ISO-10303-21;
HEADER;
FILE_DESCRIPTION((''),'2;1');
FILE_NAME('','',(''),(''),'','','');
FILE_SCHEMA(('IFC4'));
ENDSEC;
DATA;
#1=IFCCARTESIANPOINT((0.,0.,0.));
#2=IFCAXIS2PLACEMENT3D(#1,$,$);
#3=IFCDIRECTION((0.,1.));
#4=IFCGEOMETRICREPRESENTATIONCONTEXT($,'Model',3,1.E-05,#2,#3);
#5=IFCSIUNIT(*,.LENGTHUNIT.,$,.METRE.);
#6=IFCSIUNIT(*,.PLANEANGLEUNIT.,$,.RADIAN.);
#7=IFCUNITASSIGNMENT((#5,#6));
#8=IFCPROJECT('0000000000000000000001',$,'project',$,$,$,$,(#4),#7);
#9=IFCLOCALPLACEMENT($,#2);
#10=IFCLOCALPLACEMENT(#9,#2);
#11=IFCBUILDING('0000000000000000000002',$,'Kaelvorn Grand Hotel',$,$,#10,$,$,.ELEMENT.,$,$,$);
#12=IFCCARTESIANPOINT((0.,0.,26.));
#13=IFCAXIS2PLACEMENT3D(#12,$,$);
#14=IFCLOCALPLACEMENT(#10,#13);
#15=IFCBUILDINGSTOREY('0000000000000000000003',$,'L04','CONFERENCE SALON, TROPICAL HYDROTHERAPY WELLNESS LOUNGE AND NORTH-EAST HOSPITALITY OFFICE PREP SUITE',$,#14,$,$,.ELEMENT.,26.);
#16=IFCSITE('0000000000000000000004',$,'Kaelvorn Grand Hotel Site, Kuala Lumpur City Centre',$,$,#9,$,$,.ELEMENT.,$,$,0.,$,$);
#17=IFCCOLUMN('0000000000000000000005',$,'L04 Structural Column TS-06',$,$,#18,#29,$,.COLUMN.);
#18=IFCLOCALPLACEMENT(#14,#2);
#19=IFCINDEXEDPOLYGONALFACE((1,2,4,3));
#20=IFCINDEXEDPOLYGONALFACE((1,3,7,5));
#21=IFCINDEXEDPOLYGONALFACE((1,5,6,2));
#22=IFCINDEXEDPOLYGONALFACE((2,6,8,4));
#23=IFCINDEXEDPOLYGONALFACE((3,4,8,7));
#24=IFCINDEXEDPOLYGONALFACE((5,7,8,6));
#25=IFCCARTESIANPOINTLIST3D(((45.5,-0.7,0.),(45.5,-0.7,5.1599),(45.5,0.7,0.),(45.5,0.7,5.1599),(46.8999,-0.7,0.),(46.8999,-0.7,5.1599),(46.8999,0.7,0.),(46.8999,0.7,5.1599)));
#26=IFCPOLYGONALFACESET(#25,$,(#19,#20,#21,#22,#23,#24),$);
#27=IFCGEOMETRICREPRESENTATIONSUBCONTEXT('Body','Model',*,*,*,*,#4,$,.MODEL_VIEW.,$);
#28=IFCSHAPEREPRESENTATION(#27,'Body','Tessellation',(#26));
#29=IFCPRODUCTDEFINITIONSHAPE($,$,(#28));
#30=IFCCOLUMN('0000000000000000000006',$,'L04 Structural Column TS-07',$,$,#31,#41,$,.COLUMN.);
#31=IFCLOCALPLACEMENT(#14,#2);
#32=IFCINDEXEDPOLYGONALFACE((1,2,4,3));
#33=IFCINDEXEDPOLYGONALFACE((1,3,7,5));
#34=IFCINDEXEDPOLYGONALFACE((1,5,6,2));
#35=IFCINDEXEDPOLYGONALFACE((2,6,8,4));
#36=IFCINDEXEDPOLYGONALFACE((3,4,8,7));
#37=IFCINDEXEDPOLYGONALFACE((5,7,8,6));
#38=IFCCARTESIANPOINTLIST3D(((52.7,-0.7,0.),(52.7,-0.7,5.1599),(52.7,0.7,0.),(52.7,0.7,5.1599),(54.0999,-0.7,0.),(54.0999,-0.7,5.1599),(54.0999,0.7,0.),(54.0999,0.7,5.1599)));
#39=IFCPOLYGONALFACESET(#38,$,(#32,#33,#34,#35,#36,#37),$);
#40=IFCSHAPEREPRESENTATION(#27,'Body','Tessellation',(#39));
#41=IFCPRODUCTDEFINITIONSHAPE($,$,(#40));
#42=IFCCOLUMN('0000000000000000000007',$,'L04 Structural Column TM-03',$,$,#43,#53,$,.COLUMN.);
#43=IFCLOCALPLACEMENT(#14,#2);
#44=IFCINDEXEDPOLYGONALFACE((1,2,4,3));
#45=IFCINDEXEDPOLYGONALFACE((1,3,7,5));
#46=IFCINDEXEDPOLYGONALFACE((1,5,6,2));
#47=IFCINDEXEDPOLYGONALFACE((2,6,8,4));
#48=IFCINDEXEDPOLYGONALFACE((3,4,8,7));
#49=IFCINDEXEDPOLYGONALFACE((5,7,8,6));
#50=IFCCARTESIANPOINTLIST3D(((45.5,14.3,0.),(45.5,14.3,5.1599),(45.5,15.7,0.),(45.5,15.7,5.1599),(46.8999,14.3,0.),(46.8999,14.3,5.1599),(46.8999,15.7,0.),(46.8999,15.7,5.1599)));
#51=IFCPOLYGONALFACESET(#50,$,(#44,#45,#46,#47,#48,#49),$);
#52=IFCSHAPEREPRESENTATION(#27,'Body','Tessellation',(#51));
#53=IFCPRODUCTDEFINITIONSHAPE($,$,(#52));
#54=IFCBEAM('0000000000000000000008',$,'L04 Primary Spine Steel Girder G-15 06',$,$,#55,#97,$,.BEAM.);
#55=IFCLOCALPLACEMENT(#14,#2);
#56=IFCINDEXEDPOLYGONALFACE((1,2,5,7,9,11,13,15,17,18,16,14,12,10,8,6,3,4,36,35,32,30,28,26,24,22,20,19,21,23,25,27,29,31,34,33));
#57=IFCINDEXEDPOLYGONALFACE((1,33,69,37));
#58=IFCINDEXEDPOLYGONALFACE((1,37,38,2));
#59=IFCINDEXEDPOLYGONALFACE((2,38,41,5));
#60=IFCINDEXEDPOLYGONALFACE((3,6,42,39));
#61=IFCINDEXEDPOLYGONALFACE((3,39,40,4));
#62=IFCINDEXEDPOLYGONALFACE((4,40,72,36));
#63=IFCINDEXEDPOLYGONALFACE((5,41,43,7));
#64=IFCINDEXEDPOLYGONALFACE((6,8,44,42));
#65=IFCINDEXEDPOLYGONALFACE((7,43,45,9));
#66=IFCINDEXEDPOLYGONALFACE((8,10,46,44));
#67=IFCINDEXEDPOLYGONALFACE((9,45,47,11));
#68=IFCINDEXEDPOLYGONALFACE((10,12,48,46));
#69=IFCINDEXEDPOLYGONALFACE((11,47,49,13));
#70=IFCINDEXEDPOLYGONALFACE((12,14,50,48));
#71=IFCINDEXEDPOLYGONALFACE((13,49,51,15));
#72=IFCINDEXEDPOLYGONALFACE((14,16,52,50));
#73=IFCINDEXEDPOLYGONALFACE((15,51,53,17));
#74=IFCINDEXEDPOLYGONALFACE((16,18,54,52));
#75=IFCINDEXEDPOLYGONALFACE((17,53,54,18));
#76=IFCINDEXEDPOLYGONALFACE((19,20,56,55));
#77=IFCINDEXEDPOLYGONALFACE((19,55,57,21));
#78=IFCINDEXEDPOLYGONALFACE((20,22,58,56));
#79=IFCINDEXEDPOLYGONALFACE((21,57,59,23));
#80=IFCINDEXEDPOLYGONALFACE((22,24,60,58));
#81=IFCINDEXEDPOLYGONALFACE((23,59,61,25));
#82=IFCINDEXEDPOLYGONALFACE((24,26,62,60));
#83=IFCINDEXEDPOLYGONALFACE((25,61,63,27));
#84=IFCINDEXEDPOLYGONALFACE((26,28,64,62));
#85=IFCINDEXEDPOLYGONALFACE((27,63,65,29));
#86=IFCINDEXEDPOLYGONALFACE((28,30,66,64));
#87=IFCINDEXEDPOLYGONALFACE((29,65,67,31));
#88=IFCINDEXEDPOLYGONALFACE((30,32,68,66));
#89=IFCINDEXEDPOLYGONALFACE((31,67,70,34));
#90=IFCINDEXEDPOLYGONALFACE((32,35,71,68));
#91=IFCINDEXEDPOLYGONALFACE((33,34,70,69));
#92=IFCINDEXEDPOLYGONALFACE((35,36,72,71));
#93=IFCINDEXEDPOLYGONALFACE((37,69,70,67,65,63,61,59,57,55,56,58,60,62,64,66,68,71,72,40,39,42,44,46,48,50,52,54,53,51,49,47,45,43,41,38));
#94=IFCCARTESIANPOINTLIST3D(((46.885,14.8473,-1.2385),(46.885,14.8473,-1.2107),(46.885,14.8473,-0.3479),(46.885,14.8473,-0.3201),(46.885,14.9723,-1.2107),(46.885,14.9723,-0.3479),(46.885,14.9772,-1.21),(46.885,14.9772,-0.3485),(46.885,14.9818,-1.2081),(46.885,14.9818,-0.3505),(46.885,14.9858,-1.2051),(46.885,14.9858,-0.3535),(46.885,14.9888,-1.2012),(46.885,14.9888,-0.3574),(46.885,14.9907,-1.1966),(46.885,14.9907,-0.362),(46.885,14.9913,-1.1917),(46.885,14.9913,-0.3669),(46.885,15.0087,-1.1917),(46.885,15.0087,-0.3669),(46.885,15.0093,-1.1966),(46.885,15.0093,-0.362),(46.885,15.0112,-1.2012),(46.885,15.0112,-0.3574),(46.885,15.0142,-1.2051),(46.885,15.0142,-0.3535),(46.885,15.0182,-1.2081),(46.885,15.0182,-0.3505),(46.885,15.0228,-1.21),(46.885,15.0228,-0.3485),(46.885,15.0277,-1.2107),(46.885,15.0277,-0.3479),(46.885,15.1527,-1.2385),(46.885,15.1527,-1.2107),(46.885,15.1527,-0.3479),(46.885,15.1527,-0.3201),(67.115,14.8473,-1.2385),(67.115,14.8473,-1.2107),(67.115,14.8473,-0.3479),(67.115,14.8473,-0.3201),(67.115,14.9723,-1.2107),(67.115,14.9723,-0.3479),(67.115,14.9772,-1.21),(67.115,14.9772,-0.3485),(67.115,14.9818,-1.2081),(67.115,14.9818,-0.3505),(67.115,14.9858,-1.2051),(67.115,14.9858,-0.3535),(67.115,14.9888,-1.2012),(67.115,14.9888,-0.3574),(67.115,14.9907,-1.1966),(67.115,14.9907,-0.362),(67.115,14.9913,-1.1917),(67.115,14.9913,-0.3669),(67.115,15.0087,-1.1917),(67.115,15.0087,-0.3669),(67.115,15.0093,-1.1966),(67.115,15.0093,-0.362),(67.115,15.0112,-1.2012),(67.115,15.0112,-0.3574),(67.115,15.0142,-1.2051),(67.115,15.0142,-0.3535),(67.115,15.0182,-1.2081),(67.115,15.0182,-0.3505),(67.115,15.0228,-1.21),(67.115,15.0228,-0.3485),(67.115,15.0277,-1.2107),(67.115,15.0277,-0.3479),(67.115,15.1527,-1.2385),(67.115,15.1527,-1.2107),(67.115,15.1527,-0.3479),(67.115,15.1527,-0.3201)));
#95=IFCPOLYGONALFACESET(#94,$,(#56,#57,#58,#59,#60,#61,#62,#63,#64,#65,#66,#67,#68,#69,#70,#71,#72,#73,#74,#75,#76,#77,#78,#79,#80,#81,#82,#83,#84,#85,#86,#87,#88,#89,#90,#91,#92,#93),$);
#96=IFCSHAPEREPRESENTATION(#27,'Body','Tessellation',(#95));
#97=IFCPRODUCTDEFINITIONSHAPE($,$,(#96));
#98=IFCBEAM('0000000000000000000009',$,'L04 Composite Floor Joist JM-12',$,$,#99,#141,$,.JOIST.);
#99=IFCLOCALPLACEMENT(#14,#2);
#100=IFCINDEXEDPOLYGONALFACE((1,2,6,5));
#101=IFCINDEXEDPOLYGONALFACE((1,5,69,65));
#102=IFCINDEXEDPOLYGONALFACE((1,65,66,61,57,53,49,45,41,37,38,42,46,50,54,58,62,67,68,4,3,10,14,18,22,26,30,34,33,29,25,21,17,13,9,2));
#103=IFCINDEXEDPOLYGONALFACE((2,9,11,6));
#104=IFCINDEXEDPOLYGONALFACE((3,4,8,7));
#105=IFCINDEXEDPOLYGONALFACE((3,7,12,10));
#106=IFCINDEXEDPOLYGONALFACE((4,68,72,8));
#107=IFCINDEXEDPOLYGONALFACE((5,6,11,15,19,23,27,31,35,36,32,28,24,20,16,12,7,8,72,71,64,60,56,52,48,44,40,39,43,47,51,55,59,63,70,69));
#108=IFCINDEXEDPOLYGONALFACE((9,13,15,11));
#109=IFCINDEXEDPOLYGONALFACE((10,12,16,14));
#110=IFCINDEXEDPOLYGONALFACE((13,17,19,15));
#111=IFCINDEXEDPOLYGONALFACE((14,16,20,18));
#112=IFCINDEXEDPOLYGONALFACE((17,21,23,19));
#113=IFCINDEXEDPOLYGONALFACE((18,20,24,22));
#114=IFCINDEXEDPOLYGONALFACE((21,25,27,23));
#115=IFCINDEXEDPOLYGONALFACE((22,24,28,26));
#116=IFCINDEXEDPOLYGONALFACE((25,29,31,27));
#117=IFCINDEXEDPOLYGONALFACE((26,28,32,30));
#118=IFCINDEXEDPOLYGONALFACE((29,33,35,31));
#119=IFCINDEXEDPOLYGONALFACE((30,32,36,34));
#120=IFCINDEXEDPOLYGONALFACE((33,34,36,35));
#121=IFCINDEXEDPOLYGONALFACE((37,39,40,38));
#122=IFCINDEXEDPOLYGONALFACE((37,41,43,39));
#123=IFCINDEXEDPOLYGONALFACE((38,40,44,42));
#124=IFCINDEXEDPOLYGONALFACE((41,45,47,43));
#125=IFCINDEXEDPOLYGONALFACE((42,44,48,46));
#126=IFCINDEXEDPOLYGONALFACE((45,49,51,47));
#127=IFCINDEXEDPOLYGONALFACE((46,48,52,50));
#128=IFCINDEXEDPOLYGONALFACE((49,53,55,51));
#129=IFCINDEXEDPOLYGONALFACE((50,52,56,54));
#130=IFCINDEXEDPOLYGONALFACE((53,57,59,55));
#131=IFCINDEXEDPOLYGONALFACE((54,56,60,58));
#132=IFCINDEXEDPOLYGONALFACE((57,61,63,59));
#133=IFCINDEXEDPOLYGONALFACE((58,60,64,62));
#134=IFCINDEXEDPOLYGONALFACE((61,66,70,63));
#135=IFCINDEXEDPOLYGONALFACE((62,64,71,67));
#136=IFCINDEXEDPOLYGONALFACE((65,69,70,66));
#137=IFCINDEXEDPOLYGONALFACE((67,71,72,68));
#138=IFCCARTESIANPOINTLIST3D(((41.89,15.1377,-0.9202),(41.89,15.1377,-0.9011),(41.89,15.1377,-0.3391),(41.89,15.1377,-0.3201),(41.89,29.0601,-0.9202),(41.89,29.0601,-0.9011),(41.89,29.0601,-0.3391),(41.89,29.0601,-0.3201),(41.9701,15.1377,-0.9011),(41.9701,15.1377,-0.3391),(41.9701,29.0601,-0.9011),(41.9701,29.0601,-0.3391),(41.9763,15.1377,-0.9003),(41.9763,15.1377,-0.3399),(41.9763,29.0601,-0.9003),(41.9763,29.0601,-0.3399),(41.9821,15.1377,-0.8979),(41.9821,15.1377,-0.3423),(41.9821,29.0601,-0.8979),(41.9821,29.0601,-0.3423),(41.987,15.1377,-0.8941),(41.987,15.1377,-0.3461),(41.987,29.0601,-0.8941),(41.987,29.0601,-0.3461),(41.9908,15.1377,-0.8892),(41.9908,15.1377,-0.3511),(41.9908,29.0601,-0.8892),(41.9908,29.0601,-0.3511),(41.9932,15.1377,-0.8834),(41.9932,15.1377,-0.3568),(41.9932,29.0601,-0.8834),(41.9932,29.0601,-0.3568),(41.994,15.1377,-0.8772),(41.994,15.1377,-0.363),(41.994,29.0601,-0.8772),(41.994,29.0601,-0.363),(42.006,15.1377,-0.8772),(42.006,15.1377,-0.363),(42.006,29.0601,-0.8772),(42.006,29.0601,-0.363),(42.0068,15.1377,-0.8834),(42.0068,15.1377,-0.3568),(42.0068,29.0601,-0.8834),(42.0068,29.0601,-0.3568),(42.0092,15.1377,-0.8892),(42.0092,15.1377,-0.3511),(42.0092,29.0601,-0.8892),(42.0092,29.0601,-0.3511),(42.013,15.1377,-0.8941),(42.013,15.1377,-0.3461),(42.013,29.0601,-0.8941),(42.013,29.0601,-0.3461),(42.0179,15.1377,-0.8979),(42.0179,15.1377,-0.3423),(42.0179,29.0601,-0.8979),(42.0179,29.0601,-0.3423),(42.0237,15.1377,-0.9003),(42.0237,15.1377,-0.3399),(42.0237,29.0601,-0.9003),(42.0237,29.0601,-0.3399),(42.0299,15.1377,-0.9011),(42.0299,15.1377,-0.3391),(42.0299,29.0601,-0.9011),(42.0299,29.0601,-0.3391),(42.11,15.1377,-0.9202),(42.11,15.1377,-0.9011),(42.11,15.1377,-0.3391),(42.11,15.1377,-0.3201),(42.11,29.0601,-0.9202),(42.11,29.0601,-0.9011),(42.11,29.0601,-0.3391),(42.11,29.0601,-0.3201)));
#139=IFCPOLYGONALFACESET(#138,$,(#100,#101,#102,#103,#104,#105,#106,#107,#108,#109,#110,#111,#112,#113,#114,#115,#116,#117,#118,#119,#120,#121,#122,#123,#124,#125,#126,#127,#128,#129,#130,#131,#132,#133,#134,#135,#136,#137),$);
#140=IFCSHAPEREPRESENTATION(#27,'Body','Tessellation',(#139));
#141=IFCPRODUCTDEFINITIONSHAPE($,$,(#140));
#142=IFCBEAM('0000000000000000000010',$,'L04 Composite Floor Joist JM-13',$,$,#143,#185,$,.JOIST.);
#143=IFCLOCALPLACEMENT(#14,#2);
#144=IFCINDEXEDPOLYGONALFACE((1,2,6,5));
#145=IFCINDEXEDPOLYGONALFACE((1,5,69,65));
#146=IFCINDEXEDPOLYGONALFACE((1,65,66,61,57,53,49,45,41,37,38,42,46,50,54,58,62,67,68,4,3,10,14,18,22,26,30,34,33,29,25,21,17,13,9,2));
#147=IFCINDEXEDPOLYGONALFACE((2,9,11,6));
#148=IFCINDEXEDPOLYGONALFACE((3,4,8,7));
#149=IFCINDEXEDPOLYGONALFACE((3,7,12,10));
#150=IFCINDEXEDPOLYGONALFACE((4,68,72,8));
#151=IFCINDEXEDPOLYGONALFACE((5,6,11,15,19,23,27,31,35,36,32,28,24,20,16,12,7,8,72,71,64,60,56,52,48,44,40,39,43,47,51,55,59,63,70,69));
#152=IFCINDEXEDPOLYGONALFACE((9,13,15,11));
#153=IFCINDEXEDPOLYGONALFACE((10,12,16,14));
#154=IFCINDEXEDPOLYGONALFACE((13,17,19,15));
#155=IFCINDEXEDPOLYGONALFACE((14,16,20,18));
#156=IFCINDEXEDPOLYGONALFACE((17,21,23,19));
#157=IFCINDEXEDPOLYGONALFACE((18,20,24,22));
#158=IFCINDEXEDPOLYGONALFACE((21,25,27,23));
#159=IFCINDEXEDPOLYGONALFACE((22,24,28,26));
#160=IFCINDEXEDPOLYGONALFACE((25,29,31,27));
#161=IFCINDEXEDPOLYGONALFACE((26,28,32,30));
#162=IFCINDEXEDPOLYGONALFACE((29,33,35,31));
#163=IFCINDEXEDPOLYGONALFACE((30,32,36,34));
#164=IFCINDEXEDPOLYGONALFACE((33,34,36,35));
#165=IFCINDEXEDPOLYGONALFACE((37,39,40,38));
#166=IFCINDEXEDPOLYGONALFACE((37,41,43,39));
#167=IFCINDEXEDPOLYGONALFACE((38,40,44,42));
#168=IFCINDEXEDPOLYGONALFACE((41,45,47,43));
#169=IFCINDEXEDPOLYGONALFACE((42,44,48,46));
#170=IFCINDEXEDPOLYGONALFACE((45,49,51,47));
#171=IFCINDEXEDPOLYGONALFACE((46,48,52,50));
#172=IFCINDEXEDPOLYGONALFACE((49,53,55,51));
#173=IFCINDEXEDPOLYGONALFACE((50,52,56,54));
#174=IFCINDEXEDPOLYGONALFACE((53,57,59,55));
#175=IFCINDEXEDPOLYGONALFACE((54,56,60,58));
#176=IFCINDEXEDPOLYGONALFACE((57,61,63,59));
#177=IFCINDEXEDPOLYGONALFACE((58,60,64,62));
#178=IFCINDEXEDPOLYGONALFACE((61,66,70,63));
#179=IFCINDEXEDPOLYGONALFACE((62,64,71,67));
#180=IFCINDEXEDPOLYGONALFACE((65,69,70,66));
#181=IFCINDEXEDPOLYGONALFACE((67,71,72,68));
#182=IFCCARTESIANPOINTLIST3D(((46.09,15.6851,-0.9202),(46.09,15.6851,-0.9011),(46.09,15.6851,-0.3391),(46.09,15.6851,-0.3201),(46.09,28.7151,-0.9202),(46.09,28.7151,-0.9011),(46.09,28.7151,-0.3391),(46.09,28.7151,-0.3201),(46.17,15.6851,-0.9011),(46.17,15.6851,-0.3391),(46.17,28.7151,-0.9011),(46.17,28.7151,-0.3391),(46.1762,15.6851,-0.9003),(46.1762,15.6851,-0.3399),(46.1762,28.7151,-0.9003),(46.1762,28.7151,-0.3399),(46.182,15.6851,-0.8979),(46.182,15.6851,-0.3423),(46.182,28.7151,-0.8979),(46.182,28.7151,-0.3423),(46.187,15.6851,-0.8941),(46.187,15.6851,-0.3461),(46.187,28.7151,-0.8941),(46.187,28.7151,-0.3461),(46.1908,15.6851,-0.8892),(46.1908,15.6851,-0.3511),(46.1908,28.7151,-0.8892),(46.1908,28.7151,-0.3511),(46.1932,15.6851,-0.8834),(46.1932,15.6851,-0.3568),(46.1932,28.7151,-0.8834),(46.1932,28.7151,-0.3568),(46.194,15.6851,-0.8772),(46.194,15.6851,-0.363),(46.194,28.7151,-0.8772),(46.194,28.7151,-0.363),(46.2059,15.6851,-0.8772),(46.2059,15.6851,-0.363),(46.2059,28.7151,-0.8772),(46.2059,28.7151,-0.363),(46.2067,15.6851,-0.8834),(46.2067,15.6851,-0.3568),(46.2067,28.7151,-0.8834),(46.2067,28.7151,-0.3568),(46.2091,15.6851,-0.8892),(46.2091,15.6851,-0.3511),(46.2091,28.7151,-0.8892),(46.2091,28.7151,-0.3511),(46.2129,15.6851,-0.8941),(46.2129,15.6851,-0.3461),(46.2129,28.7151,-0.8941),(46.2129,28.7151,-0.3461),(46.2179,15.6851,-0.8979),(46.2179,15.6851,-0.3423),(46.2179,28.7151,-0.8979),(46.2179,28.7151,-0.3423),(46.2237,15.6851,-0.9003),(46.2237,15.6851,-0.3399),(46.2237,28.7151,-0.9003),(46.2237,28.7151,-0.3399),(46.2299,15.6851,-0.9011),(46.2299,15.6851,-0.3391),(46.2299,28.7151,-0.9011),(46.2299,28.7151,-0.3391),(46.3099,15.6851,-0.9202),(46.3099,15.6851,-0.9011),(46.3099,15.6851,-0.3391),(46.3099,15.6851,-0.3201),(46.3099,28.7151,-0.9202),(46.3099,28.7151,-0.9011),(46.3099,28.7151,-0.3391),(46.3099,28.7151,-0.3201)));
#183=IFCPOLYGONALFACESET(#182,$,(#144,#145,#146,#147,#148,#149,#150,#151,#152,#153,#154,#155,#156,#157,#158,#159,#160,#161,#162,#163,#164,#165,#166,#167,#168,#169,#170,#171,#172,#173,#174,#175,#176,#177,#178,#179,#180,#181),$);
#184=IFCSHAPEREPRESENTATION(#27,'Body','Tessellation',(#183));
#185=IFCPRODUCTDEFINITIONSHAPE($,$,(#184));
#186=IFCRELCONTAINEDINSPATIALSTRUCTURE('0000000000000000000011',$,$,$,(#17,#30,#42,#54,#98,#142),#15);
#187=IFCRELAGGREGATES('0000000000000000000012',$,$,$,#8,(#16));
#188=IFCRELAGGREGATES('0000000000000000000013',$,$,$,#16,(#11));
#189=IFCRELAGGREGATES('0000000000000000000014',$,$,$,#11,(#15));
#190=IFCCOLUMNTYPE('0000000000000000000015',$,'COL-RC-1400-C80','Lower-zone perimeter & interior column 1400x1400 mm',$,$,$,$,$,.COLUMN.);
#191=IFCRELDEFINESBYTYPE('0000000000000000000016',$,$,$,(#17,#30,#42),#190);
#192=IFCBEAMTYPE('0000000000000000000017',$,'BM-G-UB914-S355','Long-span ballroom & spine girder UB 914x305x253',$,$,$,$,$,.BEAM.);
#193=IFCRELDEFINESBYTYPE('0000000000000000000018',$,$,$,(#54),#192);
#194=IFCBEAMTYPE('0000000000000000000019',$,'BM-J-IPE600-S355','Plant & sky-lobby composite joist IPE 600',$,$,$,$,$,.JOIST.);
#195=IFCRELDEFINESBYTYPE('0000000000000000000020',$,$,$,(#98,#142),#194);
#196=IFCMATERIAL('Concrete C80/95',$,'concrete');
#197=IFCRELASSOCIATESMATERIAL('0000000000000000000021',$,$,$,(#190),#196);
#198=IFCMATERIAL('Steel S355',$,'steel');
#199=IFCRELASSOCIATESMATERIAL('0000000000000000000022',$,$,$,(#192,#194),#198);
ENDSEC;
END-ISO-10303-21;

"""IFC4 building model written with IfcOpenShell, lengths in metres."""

from ifc_helpers import new_model, si_unit, direction, frame, origin, origin_2d, place, context, subcontext, project, spatial, rectangle, i_section, extrude, material, material_profile, profile_set, type_object, element, save


model = new_model("IFC4")

# Units and contexts
model_context = context("Model", 3, precision=1e-05, world=origin(), true_north=direction((0.0, 1.0)))
body_context = subcontext(model_context, "Body", "Model", "MODEL_VIEW")
ifc_project = project(units=[si_unit("LENGTHUNIT", "METRE"), si_unit("PLANEANGLEUNIT", "RADIAN")], contexts=[model_context])

# Site, building, storey
site_placement = place(None, origin())
site = spatial("IfcSite", under=ifc_project, at=site_placement, Name="Kaelvorn Grand Hotel Site, Kuala Lumpur City Centre", CompositionType="ELEMENT", RefElevation=0.0)
building_placement = place(site_placement, origin())
building = spatial("IfcBuilding", under=site, at=building_placement, Name="Kaelvorn Grand Hotel", CompositionType="ELEMENT")
storey_placement = place(building_placement, frame((0.0, 0.0, 26.0)))
storey = spatial("IfcBuildingStorey", under=building, at=storey_placement, Name="L04", Description="CONFERENCE SALON, TROPICAL HYDROTHERAPY WELLNESS LOUNGE AND NORTH-EAST HOSPITALITY OFFICE PREP SUITE", CompositionType="ELEMENT", Elevation=26.0)

# Columns
ifc_material_1 = material(Name="Concrete C80/95", Category="concrete")
ifc_material_profile_1 = material_profile(ifc_material_1, rectangle(XDim=1.3999, YDim=1.3999, at=origin_2d()), Name="RC COL 1400x1400")
ifc_profile_set_1 = profile_set([ifc_material_profile_1], Name="Concrete C80/95")
column_type = type_object("IfcColumnType", Name="COL-RC-1400-C80", Description="Lower-zone perimeter & interior column 1400x1400 mm", PredefinedType="COLUMN", material=ifc_profile_set_1)
for number, where, z_axis, x_axis, name in (
    (1, (46.2, 0.0, 0.0), (0.0, 0.0, 1.0), (1.0, 0.0, 0.0), "L04 Structural Column TS-06"),
    (2, (53.3999, 0.0, 0.0), (0.0, 0.0, 1.0), (1.0, 0.0, 0.0), "L04 Structural Column TS-07"),
    (3, (46.2, 15.0, 0.0), (0.0, 0.0, 1.0), (1.0, 0.0, 0.0), "L04 Structural Column TM-03"),
):
    element("IfcColumn", number, at=place(storey_placement, frame(where, z_axis=z_axis, x_axis=x_axis)), inside=storey, type_object=column_type, Name=name, PredefinedType="COLUMN", context=body_context, shape_type="SweptSolid", body=[
        extrude(rectangle(XDim=1.3999, YDim=1.3999, at=origin_2d()), origin(), (0.0, 0.0, 1.0), 5.1599),
    ])

# Beams
ifc_material_2 = material(Name="Steel S355", Category="steel")
ifc_material_profile_2 = material_profile(ifc_material_2, i_section(OverallWidth=0.3054, OverallDepth=0.9185, WebThickness=0.0173, FlangeThickness=0.0278, FilletRadius=0.019, at=origin_2d()), Name="UB 914x305x253")
ifc_profile_set_2 = profile_set([ifc_material_profile_2], Name="Steel S355")
beam_type_1 = type_object("IfcBeamType", Name="BM-G-UB914-S355", Description="Long-span ballroom & spine girder UB 914x305x253", PredefinedType="BEAM", material=ifc_profile_set_2)
beam_1_placement = place(storey_placement, frame((46.885, 15.0, -0.7793), z_axis=(1.0, 0.0, 0.0), x_axis=(0.0, 1.0, 0.0)))
element("IfcBeam", 4, at=beam_1_placement, inside=storey, type_object=beam_type_1, Name="L04 Primary Spine Steel Girder G-15 06", PredefinedType="BEAM", context=body_context, shape_type="SweptSolid", body=[
    extrude(i_section(OverallWidth=0.3054, OverallDepth=0.9185, WebThickness=0.0173, FlangeThickness=0.0278, FilletRadius=0.019, at=origin_2d()), origin(), (0.0, 0.0, 1.0), 20.23),
])
ifc_material_profile_3 = material_profile(ifc_material_2, i_section(OverallWidth=0.22, OverallDepth=0.6001, WebThickness=0.012, FlangeThickness=0.019, FilletRadius=0.0239, at=origin_2d()), Name="IPE 600")
ifc_profile_set_3 = profile_set([ifc_material_profile_3], Name="Steel S355")
beam_type_2 = type_object("IfcBeamType", Name="BM-J-IPE600-S355", Description="Plant & sky-lobby composite joist IPE 600", PredefinedType="JOIST", material=ifc_profile_set_3)
beam_2_placement = place(storey_placement, frame((42.0, 15.1377, -0.6201), z_axis=(0.0, 1.0, 0.0), x_axis=(-1.0, 0.0, 0.0)))
element("IfcBeam", 5, at=beam_2_placement, inside=storey, type_object=beam_type_2, Name="L04 Composite Floor Joist JM-12", PredefinedType="JOIST", context=body_context, shape_type="SweptSolid", body=[
    extrude(i_section(OverallWidth=0.22, OverallDepth=0.6001, WebThickness=0.012, FlangeThickness=0.019, FilletRadius=0.0239, at=origin_2d()), origin(), (0.0, 0.0, 1.0), 13.9224),
])
beam_3_placement = place(storey_placement, frame((46.2, 15.6851, -0.6201), z_axis=(0.0, 1.0, 0.0), x_axis=(-1.0, 0.0, 0.0)))
element("IfcBeam", 6, at=beam_3_placement, inside=storey, type_object=beam_type_2, Name="L04 Composite Floor Joist JM-13", PredefinedType="JOIST", context=body_context, shape_type="SweptSolid", body=[
    extrude(i_section(OverallWidth=0.22, OverallDepth=0.6001, WebThickness=0.012, FlangeThickness=0.019, FilletRadius=0.0239, at=origin_2d()), origin(), (0.0, 0.0, 1.0), 13.03),
])

save(model, "model.ifc")
